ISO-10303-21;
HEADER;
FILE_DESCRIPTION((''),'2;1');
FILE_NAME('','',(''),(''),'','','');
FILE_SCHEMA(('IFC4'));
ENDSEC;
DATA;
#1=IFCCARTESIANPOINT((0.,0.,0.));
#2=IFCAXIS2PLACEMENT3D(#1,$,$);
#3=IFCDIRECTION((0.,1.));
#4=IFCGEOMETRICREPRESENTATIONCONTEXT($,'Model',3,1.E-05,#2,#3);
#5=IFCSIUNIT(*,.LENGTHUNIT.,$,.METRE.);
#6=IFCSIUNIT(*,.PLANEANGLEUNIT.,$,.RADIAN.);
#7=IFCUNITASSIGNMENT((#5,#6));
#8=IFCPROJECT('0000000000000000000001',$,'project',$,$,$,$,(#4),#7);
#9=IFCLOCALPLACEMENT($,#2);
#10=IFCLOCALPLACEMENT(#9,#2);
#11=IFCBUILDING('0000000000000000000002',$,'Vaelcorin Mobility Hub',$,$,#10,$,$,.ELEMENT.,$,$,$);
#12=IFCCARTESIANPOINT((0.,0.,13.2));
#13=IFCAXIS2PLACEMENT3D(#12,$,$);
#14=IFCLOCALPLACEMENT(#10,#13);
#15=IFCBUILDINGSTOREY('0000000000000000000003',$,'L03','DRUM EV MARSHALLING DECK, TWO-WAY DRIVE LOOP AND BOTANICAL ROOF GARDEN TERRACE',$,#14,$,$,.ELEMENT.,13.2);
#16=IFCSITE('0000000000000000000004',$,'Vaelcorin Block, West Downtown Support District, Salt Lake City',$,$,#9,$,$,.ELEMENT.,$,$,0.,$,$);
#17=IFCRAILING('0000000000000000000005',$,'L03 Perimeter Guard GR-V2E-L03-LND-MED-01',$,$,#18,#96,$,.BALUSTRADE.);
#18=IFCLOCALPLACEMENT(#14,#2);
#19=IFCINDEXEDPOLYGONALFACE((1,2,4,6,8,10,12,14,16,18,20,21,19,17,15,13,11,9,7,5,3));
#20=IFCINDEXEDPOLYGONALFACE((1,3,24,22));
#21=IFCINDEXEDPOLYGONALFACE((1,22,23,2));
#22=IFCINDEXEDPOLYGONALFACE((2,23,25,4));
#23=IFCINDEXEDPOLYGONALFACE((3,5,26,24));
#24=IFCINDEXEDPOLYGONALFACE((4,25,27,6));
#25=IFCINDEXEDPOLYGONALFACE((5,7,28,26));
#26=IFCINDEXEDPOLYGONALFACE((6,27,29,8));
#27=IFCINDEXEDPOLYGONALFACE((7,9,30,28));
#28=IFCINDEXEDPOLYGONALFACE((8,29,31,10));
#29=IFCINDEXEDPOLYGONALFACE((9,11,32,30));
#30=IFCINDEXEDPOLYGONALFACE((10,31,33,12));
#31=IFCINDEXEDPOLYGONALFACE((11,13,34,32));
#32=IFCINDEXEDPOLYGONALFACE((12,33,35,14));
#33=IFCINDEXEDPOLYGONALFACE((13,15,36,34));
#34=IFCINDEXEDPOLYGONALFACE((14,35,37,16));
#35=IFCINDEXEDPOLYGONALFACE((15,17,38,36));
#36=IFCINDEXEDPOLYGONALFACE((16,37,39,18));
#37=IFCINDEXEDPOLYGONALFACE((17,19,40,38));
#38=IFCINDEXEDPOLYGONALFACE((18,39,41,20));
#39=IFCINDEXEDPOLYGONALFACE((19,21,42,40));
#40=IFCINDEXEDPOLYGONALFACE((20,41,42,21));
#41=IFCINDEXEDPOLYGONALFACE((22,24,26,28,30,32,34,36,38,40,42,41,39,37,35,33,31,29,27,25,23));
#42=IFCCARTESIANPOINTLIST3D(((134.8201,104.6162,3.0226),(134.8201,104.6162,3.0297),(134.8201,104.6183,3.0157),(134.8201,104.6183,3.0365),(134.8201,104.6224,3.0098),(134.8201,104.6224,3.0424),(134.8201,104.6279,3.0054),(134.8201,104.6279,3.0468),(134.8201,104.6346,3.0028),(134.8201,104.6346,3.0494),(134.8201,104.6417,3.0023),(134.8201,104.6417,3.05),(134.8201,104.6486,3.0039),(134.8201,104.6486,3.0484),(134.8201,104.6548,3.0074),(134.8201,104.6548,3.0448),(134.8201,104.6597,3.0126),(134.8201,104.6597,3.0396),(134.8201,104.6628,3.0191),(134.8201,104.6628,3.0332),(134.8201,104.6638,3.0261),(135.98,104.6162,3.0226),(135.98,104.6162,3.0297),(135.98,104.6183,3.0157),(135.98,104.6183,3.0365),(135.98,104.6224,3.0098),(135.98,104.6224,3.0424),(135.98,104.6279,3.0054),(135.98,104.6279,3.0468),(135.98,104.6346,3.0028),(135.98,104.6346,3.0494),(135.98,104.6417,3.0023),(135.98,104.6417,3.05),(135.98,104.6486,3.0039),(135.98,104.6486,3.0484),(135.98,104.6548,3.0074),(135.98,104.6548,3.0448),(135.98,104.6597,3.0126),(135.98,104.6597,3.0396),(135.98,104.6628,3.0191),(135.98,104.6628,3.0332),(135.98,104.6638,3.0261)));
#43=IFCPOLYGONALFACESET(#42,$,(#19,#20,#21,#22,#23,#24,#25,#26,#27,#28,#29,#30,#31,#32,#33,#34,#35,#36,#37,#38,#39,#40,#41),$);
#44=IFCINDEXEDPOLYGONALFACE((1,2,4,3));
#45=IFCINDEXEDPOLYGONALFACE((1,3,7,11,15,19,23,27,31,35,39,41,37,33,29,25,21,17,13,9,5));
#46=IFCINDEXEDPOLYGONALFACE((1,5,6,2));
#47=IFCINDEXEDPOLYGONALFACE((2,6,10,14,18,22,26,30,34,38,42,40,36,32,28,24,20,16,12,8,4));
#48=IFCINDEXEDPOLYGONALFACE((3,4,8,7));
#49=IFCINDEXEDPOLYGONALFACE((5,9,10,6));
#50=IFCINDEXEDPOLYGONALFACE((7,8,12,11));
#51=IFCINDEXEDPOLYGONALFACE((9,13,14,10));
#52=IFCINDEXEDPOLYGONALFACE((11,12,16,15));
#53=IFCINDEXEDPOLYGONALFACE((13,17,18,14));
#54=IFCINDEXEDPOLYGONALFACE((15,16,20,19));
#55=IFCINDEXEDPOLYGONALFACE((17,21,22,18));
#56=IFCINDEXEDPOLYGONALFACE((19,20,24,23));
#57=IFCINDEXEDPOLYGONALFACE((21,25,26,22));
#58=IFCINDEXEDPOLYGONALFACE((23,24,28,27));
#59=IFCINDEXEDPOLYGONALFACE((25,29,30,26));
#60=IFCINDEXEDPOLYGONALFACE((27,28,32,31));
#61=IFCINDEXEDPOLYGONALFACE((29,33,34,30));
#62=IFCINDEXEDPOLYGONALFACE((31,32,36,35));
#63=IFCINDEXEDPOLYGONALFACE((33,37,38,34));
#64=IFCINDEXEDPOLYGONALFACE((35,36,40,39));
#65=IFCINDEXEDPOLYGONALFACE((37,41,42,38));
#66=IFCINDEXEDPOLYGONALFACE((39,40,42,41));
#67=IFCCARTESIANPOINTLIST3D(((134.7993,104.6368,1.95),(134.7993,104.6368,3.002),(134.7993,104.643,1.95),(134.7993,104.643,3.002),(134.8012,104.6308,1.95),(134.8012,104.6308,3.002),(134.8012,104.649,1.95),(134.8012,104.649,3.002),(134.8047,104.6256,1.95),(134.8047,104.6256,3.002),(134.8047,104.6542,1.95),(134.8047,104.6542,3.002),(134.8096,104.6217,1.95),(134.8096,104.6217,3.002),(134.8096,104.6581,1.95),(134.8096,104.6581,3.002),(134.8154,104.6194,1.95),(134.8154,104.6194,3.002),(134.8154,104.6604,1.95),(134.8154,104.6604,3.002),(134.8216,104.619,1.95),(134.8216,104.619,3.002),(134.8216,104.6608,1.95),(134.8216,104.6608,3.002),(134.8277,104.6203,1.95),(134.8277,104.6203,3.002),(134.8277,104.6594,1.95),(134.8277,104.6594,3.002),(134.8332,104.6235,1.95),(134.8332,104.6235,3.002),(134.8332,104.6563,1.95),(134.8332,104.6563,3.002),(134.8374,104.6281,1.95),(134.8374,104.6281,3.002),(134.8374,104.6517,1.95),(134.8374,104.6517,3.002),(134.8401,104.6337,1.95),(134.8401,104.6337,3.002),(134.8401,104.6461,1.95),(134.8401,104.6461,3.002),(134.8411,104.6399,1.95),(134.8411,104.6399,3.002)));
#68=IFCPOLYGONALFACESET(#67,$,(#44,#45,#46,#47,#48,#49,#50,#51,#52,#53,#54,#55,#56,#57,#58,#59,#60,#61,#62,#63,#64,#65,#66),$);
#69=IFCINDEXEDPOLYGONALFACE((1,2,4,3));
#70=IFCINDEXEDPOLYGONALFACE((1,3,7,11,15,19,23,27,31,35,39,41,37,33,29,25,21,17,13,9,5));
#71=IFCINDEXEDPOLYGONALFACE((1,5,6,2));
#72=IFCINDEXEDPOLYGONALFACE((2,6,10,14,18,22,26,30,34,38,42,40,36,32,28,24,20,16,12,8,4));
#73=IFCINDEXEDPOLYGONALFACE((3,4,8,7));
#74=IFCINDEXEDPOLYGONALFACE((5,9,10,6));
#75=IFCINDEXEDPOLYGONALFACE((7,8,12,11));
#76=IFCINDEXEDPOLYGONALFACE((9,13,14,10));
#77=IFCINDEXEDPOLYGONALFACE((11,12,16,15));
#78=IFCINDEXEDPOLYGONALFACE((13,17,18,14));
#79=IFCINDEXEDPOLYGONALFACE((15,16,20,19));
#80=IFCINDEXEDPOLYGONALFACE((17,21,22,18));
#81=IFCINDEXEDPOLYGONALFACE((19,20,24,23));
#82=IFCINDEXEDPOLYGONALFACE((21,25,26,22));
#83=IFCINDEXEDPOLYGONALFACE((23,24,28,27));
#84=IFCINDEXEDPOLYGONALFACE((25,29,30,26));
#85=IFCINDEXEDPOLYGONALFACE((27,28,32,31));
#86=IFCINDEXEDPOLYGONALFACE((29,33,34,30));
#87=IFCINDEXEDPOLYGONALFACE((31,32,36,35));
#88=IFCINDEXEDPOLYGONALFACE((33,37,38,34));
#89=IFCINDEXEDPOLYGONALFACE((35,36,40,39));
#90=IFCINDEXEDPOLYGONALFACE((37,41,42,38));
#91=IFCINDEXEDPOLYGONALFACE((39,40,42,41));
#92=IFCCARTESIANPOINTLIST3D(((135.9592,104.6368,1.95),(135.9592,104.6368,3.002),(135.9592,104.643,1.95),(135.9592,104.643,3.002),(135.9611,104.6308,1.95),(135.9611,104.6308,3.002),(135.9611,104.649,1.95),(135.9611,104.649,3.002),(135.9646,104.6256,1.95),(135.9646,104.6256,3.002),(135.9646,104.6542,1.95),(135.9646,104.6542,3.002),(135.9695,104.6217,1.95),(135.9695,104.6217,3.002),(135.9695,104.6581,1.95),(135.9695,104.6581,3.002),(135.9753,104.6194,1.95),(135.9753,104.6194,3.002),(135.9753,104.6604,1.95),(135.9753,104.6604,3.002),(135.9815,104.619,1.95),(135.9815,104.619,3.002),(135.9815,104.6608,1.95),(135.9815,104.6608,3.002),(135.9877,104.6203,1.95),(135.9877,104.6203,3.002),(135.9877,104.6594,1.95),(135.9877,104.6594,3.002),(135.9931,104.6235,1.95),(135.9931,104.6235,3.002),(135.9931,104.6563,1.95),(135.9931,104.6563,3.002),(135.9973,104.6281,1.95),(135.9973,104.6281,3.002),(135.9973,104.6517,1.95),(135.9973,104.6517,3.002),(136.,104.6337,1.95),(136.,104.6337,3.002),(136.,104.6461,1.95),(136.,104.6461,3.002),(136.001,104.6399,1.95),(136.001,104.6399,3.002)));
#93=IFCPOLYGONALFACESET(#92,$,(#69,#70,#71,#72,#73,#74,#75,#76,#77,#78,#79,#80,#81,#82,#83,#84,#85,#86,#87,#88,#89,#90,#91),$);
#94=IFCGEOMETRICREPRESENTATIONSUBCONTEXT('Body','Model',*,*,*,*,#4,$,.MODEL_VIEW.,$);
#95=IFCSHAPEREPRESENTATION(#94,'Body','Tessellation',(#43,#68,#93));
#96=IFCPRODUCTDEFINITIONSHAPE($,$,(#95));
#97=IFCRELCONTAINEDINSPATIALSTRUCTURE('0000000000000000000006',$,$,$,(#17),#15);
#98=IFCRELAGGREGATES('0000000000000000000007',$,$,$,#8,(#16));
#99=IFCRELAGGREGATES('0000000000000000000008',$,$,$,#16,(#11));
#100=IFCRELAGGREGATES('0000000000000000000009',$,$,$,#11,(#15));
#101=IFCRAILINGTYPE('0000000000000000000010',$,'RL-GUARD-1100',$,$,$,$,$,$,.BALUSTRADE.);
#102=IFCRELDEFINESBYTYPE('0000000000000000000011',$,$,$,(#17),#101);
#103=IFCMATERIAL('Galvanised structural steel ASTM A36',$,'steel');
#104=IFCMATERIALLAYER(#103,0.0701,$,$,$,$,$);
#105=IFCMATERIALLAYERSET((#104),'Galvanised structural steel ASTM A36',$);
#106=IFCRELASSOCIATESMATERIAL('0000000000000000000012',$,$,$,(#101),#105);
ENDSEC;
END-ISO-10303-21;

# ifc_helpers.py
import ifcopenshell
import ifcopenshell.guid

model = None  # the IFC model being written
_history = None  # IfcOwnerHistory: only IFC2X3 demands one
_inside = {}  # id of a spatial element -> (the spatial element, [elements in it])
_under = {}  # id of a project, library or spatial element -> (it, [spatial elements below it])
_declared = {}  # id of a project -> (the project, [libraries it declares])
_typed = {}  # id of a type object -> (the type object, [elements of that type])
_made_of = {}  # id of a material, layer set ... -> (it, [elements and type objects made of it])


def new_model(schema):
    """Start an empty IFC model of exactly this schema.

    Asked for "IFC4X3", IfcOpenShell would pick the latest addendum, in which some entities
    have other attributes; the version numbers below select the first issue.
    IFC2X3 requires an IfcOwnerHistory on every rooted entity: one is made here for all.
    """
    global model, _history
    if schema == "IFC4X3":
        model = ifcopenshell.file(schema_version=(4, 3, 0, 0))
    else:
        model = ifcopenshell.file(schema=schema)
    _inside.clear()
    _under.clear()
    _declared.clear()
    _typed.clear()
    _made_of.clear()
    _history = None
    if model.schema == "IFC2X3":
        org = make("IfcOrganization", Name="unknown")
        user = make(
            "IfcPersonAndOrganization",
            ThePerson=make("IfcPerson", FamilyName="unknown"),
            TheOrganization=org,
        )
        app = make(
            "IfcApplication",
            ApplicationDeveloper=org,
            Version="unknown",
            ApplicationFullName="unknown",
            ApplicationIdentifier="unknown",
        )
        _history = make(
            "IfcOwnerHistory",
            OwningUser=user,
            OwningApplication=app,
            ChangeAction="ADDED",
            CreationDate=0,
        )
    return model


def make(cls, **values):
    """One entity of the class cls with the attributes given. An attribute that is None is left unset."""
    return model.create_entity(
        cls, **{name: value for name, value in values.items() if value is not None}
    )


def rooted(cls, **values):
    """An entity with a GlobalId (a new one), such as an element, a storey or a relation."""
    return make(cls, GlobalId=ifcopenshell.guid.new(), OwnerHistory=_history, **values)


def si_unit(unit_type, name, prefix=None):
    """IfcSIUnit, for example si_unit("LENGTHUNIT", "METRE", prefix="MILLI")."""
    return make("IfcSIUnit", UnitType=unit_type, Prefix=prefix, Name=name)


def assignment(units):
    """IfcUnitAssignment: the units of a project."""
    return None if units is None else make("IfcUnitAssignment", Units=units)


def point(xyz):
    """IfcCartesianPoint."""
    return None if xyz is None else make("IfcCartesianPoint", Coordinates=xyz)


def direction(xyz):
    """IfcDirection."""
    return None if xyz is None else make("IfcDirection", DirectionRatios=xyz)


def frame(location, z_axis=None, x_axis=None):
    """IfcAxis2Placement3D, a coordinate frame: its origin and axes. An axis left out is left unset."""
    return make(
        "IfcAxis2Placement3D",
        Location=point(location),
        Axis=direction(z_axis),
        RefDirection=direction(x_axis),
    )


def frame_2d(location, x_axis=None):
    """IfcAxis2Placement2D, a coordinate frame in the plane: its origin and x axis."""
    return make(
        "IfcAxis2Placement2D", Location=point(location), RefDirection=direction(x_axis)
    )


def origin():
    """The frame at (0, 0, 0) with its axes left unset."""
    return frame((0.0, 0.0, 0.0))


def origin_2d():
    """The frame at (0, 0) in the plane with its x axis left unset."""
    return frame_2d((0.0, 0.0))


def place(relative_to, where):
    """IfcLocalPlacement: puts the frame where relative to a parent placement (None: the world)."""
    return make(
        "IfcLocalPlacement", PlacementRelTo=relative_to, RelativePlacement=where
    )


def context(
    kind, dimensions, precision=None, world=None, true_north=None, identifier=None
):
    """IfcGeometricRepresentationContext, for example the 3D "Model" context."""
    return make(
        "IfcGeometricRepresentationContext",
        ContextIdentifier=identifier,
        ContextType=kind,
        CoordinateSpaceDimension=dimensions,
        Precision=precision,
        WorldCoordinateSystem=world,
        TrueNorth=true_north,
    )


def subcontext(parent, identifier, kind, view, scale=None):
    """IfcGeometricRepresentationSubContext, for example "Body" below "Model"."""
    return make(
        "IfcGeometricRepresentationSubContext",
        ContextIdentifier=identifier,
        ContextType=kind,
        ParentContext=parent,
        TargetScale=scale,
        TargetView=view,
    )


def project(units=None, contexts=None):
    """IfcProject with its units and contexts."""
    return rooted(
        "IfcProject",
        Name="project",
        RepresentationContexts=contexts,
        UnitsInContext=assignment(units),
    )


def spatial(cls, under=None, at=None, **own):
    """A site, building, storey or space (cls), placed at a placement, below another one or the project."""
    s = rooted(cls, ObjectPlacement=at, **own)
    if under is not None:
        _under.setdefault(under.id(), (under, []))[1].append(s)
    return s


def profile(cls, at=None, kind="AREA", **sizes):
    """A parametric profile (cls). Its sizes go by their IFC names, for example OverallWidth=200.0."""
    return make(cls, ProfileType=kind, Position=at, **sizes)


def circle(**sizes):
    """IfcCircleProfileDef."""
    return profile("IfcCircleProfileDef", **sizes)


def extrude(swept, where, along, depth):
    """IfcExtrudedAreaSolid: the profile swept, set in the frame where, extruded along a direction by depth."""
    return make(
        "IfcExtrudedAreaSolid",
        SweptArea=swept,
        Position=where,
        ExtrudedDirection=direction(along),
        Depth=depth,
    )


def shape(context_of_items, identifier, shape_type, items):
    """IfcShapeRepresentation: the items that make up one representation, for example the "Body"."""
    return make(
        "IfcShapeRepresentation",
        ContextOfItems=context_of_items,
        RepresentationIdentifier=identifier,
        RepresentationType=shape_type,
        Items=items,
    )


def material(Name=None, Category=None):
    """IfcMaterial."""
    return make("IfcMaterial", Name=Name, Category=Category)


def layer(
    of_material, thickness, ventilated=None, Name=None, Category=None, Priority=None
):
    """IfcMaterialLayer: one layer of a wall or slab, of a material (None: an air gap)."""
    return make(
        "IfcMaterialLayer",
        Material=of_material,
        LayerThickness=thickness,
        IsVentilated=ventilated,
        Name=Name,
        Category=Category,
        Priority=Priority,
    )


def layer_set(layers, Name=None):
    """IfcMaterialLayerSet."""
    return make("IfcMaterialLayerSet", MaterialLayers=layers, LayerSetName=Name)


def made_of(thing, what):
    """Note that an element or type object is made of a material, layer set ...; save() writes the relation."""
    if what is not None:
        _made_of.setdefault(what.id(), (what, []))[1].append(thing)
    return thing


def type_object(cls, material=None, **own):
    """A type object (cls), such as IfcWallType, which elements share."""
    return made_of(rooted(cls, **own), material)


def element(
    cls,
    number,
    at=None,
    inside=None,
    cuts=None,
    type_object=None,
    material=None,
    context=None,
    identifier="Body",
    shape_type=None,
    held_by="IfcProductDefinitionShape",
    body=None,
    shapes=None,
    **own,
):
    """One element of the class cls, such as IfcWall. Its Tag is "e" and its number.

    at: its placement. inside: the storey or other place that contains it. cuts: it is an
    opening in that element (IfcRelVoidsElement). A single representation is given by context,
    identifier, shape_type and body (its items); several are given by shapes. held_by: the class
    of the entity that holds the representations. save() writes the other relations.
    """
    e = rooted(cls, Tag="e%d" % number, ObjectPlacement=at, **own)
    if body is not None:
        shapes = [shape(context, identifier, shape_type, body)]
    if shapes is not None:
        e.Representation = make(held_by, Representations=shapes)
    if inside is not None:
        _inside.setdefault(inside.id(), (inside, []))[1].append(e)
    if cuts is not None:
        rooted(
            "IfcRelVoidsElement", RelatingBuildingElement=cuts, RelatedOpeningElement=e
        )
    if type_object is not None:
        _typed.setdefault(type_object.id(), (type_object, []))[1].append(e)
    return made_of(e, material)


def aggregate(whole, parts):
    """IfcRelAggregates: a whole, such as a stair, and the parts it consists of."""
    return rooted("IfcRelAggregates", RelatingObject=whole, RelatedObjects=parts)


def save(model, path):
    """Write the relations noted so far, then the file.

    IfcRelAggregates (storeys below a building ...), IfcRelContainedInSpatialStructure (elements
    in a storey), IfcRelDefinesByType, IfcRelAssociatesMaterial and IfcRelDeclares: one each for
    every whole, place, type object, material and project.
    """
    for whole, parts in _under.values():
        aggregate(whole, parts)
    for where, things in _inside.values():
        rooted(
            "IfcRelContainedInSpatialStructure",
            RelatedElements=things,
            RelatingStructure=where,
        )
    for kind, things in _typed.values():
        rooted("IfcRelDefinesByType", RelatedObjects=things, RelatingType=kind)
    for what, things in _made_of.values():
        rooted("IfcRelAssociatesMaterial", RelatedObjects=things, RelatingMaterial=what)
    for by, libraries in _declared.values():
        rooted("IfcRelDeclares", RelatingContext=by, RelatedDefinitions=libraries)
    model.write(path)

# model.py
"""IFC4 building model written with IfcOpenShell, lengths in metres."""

from ifc_helpers import new_model, si_unit, direction, frame, origin, origin_2d, place, context, subcontext, project, spatial, circle, extrude, material, layer, layer_set, type_object, element, save


model = new_model("IFC4")

# Units and contexts
model_context = context("Model", 3, precision=1e-05, world=origin(), true_north=direction((0.0, 1.0)))
body_context = subcontext(model_context, "Body", "Model", "MODEL_VIEW")
ifc_project = project(units=[si_unit("LENGTHUNIT", "METRE"), si_unit("PLANEANGLEUNIT", "RADIAN")], contexts=[model_context])

# Site, building, storey
site_placement = place(None, origin())
site = spatial("IfcSite", under=ifc_project, at=site_placement, Name="Vaelcorin Block, West Downtown Support District, Salt Lake City", CompositionType="ELEMENT", RefElevation=0.0)
building_placement = place(site_placement, origin())
building = spatial("IfcBuilding", under=site, at=building_placement, Name="Vaelcorin Mobility Hub", CompositionType="ELEMENT")
storey_placement = place(building_placement, frame((0.0, 0.0, 13.2)))
storey = spatial("IfcBuildingStorey", under=building, at=storey_placement, Name="L03", Description="DRUM EV MARSHALLING DECK, TWO-WAY DRIVE LOOP AND BOTANICAL ROOF GARDEN TERRACE", CompositionType="ELEMENT", Elevation=13.2)

# Railing
ifc_material_1 = material(Name="Galvanised structural steel ASTM A36", Category="steel")
ifc_layer = layer(ifc_material_1, 0.0701)
ifc_layer_set = layer_set([ifc_layer], Name="Galvanised structural steel ASTM A36")
railing_type = type_object("IfcRailingType", Name="RL-GUARD-1100", PredefinedType="BALUSTRADE", material=ifc_layer_set)
railing_1_placement = place(storey_placement, frame((134.8201, 104.6399, 1.95)))
element("IfcRailing", 1, at=railing_1_placement, inside=storey, type_object=railing_type, Name="L03 Perimeter Guard GR-V2E-L03-LND-MED-01", PredefinedType="BALUSTRADE", context=body_context, shape_type="SweptSolid", body=[
    extrude(circle(Radius=0.0239, at=origin_2d()), frame((0.0, 0.0, 1.0762), z_axis=(1.0, 0.0, 0.0), x_axis=(0.0, 1.0, 0.0)), (0.0, 0.0, 1.0), 1.1599),
    extrude(circle(Radius=0.021, at=origin_2d()), origin(), (0.0, 0.0, 1.0), 1.052),
    extrude(circle(Radius=0.021, at=origin_2d()), frame((1.1599, 0.0, 0.0)), (0.0, 0.0, 1.0), 1.052),
])

save(model, "model.ifc")
